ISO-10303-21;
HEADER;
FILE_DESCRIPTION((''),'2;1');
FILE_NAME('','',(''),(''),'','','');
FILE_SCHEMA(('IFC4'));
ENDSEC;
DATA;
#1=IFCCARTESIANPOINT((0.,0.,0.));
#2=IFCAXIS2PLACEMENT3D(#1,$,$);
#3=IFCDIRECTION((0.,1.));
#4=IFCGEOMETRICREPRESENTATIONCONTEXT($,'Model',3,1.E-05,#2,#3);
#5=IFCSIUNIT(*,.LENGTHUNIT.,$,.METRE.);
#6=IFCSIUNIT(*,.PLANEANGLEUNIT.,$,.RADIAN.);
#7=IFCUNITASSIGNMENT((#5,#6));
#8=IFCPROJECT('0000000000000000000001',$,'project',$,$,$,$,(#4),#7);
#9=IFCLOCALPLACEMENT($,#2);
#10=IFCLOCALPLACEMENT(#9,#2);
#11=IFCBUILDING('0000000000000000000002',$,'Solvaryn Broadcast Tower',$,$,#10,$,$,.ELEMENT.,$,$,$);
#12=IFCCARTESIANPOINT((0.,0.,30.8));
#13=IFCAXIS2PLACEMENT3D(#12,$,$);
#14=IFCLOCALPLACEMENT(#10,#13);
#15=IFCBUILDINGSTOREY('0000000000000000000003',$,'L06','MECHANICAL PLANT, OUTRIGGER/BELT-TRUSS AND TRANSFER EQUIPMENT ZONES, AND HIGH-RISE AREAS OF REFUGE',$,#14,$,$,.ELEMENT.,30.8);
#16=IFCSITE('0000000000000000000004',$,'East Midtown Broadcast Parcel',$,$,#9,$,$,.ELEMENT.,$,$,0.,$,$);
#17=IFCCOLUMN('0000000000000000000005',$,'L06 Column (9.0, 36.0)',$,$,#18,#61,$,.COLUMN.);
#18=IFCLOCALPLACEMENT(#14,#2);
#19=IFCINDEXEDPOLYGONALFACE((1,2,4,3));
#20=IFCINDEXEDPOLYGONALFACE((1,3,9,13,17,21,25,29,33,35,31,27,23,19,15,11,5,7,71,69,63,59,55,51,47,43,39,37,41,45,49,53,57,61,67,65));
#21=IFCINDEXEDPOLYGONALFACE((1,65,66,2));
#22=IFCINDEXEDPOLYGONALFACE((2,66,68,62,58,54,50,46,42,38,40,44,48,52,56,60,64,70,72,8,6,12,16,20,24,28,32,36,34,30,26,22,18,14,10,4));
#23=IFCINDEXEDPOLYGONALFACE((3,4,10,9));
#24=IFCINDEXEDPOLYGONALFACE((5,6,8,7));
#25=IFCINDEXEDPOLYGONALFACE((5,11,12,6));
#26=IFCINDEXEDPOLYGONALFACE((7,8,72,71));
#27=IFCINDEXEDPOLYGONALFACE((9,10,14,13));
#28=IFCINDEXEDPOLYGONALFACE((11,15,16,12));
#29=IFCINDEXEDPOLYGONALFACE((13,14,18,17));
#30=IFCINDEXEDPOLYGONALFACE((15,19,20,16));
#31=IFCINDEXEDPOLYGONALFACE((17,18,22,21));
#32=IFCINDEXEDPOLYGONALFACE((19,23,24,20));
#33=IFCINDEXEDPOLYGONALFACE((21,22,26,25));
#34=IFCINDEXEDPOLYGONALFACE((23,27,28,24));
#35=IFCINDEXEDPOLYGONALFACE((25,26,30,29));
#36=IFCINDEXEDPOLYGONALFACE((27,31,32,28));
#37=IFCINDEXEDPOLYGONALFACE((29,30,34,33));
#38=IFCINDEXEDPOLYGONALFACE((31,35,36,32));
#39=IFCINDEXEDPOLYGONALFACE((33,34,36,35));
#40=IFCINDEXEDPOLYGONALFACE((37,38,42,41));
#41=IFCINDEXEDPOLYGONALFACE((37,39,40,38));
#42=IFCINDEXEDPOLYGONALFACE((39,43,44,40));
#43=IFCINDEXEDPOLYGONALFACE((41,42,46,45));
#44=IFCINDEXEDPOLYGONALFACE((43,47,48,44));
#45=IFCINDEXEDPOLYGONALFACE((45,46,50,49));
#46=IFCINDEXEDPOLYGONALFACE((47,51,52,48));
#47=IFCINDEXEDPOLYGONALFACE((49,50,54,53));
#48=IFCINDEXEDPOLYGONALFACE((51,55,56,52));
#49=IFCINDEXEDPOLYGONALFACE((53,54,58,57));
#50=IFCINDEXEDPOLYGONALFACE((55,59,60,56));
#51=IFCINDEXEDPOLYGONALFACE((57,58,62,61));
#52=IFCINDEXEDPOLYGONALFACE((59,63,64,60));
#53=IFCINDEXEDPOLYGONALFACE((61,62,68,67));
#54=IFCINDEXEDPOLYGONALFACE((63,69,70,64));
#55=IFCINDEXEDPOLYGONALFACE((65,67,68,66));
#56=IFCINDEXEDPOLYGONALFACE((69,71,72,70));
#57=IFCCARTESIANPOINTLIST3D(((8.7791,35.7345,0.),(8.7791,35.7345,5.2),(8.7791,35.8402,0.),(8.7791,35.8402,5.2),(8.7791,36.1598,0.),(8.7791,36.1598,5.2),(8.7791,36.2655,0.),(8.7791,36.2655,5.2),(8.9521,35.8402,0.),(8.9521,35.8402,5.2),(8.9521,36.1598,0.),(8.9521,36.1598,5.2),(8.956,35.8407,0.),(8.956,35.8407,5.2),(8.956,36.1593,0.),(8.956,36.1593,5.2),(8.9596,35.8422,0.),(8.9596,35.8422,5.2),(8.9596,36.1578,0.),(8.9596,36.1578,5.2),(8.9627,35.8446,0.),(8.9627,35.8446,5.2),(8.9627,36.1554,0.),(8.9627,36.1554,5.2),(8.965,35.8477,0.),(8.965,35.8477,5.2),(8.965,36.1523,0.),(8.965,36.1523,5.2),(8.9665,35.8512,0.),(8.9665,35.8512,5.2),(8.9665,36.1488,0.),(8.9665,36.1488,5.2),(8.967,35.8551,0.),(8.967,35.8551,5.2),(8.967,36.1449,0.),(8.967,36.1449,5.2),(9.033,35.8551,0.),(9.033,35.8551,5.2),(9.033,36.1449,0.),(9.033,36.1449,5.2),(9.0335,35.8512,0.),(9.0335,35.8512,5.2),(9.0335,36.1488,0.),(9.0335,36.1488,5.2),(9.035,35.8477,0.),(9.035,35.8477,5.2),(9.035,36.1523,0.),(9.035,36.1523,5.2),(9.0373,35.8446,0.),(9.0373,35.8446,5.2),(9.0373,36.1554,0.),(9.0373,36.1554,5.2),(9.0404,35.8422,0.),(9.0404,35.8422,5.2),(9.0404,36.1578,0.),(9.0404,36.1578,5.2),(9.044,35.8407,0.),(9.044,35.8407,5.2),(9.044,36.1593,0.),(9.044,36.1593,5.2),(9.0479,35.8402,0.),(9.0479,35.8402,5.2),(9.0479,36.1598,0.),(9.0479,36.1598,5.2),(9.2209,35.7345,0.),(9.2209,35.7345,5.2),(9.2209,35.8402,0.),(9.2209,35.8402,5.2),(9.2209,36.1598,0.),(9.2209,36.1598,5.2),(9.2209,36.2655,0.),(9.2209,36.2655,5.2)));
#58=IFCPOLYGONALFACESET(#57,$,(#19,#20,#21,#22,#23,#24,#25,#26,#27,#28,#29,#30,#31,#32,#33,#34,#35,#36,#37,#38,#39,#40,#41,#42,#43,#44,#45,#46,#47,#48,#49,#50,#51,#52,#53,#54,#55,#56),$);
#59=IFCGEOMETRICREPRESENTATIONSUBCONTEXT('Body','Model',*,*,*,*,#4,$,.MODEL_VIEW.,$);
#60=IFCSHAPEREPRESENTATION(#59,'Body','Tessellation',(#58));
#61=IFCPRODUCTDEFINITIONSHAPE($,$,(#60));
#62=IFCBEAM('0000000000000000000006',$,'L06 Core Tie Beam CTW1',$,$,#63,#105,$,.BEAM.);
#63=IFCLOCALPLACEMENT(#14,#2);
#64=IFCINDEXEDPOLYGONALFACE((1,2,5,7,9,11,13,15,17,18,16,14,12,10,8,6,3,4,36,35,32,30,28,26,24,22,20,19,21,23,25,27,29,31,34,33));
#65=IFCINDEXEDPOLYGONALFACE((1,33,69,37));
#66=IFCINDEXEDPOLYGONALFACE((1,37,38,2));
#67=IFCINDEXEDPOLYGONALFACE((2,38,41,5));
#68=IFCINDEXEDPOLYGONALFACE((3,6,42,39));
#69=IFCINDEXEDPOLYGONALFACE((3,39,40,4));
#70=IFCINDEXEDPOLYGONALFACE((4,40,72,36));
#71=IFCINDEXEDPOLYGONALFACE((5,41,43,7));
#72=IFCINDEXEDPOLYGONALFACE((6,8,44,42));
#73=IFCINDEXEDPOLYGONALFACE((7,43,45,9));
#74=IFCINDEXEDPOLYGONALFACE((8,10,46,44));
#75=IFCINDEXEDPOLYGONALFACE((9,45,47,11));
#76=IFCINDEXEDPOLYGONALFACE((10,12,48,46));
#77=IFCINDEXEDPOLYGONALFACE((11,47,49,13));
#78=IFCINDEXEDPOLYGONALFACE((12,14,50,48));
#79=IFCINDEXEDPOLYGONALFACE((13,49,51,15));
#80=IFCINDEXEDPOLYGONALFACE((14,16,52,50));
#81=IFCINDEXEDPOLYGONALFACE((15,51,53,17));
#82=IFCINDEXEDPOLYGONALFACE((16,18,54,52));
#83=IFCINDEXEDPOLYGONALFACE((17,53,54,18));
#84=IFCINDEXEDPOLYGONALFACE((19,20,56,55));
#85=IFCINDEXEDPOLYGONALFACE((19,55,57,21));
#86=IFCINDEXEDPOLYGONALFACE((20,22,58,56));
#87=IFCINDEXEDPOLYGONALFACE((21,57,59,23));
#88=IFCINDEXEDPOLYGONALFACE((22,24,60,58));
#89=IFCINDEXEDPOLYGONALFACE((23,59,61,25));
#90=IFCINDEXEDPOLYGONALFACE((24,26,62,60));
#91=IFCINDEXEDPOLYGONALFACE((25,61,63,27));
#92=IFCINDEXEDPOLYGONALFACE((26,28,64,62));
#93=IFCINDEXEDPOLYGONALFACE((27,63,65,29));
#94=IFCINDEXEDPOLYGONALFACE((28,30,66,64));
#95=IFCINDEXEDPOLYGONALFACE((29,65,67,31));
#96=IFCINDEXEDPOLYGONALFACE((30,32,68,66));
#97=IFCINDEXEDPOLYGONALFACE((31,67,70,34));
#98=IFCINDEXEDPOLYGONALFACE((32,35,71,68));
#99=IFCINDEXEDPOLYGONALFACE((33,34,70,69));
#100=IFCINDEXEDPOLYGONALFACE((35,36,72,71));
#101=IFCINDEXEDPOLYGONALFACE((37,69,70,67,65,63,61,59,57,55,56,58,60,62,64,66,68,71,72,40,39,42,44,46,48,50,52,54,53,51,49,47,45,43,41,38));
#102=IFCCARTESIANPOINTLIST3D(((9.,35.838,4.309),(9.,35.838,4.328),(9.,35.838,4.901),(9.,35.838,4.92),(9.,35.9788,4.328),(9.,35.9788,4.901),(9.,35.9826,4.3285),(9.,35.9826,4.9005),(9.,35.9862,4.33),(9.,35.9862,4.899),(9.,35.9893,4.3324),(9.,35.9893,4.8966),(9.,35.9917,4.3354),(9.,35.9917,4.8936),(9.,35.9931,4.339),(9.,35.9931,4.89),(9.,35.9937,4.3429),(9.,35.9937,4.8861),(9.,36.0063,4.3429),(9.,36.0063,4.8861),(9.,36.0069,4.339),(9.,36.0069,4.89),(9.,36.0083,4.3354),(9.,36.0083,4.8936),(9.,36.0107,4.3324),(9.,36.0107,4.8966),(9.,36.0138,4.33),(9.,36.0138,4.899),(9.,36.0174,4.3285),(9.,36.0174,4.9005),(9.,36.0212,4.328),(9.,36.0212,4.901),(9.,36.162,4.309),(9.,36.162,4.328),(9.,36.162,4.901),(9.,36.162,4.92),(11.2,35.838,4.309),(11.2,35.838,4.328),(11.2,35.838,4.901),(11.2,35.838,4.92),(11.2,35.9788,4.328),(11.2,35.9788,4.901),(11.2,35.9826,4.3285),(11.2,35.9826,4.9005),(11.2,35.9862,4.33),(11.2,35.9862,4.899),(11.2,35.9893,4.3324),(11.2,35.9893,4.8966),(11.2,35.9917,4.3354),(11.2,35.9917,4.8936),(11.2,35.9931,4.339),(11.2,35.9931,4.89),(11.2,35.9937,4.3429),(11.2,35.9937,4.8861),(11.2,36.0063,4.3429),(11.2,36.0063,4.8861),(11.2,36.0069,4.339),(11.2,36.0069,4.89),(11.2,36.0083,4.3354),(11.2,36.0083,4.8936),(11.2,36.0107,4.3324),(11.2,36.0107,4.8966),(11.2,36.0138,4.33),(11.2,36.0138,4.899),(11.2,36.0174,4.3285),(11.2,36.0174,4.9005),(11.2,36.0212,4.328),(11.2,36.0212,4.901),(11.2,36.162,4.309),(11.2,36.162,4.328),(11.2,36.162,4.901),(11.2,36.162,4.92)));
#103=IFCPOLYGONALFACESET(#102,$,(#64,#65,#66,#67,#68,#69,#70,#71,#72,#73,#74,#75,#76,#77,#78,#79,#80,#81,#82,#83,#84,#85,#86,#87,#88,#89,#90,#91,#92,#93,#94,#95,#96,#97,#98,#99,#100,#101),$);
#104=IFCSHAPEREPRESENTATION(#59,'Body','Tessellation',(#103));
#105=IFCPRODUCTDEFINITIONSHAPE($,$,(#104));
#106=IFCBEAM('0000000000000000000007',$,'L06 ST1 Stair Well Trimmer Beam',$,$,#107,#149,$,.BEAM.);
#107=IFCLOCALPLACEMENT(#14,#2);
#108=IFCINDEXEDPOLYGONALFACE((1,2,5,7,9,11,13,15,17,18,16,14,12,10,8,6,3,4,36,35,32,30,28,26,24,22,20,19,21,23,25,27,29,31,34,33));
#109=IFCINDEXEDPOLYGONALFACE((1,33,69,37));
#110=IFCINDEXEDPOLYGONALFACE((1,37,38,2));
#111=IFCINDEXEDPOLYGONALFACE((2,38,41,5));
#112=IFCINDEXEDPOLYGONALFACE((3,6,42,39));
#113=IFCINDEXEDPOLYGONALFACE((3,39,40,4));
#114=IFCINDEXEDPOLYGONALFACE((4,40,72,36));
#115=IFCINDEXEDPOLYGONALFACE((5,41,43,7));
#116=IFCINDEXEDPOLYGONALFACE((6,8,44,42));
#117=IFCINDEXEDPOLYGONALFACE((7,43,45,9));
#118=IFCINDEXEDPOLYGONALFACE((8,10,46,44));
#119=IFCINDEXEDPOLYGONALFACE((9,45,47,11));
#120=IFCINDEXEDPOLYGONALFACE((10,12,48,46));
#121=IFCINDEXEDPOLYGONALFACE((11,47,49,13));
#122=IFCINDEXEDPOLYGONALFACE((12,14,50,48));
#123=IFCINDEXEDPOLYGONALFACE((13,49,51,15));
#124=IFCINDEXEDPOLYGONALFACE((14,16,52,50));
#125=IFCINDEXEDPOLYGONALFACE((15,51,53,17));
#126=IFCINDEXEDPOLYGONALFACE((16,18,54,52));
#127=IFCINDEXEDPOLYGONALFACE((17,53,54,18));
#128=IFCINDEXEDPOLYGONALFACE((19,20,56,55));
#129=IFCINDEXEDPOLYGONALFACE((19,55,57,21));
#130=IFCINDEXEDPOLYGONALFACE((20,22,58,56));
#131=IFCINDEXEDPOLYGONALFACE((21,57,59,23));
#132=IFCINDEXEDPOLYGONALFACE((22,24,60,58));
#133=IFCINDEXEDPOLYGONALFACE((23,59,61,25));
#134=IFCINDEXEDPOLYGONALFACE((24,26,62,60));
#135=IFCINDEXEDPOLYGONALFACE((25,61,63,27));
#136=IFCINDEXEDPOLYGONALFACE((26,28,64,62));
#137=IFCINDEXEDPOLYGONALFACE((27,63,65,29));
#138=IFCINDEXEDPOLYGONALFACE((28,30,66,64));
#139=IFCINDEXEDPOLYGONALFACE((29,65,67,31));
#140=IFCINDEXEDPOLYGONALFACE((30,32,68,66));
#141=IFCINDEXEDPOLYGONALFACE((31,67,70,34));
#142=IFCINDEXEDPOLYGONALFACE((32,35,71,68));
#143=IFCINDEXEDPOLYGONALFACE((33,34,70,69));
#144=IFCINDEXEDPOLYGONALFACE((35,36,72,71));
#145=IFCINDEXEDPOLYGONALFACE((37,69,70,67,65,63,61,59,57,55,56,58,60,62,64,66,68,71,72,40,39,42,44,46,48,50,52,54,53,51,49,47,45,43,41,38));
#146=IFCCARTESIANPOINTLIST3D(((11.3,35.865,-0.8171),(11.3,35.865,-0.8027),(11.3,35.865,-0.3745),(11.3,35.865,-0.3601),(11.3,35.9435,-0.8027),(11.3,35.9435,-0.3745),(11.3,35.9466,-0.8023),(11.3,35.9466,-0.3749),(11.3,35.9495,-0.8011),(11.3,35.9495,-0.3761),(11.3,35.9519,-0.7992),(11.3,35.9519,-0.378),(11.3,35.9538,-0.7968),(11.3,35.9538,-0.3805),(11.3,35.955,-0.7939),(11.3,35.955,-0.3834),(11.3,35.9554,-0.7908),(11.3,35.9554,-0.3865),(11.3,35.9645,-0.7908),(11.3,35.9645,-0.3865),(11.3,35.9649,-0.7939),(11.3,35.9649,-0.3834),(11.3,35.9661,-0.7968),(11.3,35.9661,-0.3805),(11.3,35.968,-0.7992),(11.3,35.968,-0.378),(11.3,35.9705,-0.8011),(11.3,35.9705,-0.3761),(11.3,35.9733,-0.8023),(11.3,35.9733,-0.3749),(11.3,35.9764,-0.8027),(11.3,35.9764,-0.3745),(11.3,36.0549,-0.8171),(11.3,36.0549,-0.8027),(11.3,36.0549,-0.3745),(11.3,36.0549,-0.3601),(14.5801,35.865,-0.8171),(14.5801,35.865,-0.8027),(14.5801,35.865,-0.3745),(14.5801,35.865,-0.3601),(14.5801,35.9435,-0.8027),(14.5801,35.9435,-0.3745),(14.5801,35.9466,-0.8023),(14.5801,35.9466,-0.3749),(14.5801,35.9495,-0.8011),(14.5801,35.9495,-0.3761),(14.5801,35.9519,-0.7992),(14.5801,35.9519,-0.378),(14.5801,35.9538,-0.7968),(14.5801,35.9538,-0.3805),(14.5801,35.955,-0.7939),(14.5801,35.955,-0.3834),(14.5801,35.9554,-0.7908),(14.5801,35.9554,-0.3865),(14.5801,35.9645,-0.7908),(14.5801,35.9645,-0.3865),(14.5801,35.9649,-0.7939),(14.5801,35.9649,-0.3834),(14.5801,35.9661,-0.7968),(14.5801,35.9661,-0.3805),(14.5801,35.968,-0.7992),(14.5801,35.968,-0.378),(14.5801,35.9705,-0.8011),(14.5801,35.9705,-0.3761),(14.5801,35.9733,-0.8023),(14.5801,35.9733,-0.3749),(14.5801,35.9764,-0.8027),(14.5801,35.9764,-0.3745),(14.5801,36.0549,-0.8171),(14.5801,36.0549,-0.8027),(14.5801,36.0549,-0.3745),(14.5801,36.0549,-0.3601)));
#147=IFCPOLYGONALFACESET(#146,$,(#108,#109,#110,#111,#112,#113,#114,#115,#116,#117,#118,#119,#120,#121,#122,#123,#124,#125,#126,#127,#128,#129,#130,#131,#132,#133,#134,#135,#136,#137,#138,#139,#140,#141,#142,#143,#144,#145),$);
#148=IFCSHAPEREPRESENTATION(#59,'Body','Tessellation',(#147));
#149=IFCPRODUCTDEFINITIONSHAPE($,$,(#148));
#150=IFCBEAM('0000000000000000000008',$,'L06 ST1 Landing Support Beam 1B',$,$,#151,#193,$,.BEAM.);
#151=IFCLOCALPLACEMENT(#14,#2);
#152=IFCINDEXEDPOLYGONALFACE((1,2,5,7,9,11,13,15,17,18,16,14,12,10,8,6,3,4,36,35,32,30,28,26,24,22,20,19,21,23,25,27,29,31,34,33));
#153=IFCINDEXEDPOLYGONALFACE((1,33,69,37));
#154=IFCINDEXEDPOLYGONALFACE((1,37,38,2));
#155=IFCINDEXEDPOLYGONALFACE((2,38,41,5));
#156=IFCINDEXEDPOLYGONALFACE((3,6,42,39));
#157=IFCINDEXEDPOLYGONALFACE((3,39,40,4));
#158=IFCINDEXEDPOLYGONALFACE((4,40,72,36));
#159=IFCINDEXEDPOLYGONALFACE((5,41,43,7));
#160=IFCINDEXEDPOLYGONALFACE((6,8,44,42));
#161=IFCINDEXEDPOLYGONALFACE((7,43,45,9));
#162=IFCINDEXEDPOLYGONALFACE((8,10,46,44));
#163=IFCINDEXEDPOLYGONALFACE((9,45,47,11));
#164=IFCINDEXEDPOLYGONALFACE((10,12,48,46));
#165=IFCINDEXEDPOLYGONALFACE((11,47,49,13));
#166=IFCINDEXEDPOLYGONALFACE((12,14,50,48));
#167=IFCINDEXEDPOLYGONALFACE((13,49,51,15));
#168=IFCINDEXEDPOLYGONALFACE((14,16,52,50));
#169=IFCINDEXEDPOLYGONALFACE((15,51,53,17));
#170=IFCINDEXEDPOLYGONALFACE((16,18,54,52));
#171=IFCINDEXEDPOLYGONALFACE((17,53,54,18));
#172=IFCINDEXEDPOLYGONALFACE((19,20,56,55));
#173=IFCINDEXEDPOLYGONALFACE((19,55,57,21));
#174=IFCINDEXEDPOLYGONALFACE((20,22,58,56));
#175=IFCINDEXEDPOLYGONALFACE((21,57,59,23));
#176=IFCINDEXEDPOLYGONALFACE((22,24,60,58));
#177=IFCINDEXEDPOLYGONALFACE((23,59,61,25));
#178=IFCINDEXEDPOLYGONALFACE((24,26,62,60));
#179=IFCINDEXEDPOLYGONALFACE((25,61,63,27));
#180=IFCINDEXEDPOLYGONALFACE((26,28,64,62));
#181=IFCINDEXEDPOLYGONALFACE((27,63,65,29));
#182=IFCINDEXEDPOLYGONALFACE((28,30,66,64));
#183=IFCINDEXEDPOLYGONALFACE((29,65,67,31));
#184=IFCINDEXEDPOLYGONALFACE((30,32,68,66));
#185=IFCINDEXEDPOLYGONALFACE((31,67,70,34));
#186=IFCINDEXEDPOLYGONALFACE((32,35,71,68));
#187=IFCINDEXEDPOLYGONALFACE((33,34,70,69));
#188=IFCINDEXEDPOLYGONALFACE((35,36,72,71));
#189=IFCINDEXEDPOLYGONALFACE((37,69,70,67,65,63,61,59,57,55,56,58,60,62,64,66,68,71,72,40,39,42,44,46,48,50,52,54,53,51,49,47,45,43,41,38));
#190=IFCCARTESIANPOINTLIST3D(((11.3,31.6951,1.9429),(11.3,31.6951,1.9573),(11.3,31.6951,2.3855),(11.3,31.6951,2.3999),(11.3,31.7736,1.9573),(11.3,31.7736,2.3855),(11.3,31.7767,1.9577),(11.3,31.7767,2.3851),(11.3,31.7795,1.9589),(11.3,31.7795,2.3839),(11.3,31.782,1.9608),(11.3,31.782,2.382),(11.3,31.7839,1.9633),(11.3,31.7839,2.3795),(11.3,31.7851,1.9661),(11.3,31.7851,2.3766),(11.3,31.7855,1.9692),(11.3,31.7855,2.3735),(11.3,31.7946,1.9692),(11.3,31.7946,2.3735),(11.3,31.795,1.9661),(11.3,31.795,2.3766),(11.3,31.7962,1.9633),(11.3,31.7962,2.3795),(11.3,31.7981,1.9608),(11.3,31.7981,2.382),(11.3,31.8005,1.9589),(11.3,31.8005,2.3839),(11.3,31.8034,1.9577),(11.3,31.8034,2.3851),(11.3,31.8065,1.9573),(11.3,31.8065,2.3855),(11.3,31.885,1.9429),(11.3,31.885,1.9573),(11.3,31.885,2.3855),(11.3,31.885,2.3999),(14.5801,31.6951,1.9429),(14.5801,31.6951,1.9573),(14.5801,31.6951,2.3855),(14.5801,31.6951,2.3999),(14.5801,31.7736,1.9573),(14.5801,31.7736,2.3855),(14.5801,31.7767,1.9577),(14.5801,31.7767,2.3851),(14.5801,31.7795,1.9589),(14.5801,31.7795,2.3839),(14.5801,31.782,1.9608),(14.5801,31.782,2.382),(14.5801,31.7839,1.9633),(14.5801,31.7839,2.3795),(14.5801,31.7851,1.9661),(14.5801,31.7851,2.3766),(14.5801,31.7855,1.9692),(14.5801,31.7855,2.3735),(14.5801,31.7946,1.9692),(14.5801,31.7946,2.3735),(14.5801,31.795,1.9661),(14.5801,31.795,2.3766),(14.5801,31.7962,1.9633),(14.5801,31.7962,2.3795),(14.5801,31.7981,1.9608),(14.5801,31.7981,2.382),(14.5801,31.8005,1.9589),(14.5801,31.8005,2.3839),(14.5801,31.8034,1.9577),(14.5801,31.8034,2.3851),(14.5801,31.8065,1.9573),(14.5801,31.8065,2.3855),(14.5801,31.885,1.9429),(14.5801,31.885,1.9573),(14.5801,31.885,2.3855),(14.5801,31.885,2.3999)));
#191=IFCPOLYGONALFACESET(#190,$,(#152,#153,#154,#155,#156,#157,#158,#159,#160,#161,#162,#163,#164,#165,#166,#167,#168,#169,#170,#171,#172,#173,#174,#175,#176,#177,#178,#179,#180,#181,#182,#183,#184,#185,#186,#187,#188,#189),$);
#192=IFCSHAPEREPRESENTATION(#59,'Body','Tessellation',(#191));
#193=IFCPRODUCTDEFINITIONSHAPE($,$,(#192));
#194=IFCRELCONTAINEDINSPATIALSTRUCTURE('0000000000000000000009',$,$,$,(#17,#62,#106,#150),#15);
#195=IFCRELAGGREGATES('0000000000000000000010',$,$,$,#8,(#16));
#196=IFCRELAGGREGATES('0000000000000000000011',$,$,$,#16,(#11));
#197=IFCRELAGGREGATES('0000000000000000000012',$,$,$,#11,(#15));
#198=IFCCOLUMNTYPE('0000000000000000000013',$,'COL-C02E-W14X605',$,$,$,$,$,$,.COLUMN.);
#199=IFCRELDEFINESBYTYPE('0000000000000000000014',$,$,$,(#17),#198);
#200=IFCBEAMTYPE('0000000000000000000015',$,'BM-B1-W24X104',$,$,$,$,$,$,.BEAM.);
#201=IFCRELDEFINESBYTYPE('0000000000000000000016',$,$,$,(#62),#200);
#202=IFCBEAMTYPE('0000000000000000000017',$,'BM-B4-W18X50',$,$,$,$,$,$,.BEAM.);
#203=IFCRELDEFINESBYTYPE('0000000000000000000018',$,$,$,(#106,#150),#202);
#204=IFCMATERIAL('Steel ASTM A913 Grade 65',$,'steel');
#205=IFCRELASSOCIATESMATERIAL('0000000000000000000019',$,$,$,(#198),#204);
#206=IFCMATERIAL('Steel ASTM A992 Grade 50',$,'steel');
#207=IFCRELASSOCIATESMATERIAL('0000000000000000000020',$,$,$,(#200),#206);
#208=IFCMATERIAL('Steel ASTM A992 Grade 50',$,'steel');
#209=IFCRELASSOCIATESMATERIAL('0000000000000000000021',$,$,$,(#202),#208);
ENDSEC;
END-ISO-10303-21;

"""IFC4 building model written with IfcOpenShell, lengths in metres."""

from ifc_helpers import new_model, si_unit, direction, frame, origin, origin_2d, place, context, subcontext, project, spatial, i_section, extrude, material, material_profile, profile_set, type_object, element, save


model = new_model("IFC4")

# Units and contexts
model_context = context("Model", 3, precision=1e-05, world=origin(), true_north=direction((0.0, 1.0)))
body_context = subcontext(model_context, "Body", "Model", "MODEL_VIEW")
ifc_project = project(units=[si_unit("LENGTHUNIT", "METRE"), si_unit("PLANEANGLEUNIT", "RADIAN")], contexts=[model_context])

# Site, building, storey
site_placement = place(None, origin())
site = spatial("IfcSite", under=ifc_project, at=site_placement, Name="East Midtown Broadcast Parcel", CompositionType="ELEMENT", RefElevation=0.0)
building_placement = place(site_placement, origin())
building = spatial("IfcBuilding", under=site, at=building_placement, Name="Solvaryn Broadcast Tower", CompositionType="ELEMENT")
storey_placement = place(building_placement, frame((0.0, 0.0, 30.8)))
storey = spatial("IfcBuildingStorey", under=building, at=storey_placement, Name="L06", Description="MECHANICAL PLANT, OUTRIGGER/BELT-TRUSS AND TRANSFER EQUIPMENT ZONES, AND HIGH-RISE AREAS OF REFUGE", CompositionType="ELEMENT", Elevation=30.8)

# Column
ifc_material_1 = material(Name="Steel ASTM A913 Grade 65", Category="steel")
ifc_material_profile_1 = material_profile(ifc_material_1, i_section(OverallWidth=0.4419, OverallDepth=0.531, WebThickness=0.0659, FlangeThickness=0.1057, FilletRadius=0.0149, at=origin_2d()))
ifc_profile_set_1 = profile_set([ifc_material_profile_1], Name="Steel ASTM A913 Grade 65")
column_type = type_object("IfcColumnType", Name="COL-C02E-W14X605", PredefinedType="COLUMN", material=ifc_profile_set_1)
column_placement = place(storey_placement, frame((9.0, 36.0, 0.0), z_axis=(0.0, 0.0, 1.0), x_axis=(1.0, 0.0, 0.0)))
element("IfcColumn", 1, at=column_placement, inside=storey, type_object=column_type, Name="L06 Column (9.0, 36.0)", PredefinedType="COLUMN", context=body_context, shape_type="SweptSolid", body=[
    extrude(i_section(OverallWidth=0.4419, OverallDepth=0.531, WebThickness=0.0659, FlangeThickness=0.1057, FilletRadius=0.0149, at=origin_2d()), origin(), (0.0, 0.0, 1.0), 5.2),
])

# Beams
ifc_material_2 = material(Name="Steel ASTM A992 Grade 50", Category="steel")
ifc_material_profile_2 = material_profile(ifc_material_2, i_section(OverallWidth=0.324, OverallDepth=0.6111, WebThickness=0.0127, FlangeThickness=0.019, FilletRadius=0.0149, at=origin_2d()))
ifc_profile_set_2 = profile_set([ifc_material_profile_2], Name="Steel ASTM A992 Grade 50")
beam_type_1 = type_object("IfcBeamType", Name="BM-B1-W24X104", PredefinedType="BEAM", material=ifc_profile_set_2)
beam_1_placement = place(storey_placement, frame((9.0, 36.0, 4.6145), z_axis=(1.0, 0.0, 0.0), x_axis=(0.0, 1.0, 0.0)))
element("IfcBeam", 2, at=beam_1_placement, inside=storey, type_object=beam_type_1, Name="L06 Core Tie Beam CTW1", PredefinedType="BEAM", context=body_context, shape_type="SweptSolid", body=[
    extrude(i_section(OverallWidth=0.324, OverallDepth=0.6111, WebThickness=0.0127, FlangeThickness=0.019, FilletRadius=0.0149, at=origin_2d()), origin(), (0.0, 0.0, 1.0), 2.2),
])
ifc_material_3 = material(Name="Steel ASTM A992 Grade 50", Category="steel")
ifc_material_profile_3 = material_profile(ifc_material_3, i_section(OverallWidth=0.1899, OverallDepth=0.457, WebThickness=0.009, FlangeThickness=0.0144, FilletRadius=0.012, at=origin_2d()))
ifc_profile_set_3 = profile_set([ifc_material_profile_3], Name="Steel ASTM A992 Grade 50")
beam_type_2 = type_object("IfcBeamType", Name="BM-B4-W18X50", PredefinedType="BEAM", material=ifc_profile_set_3)
for number, where, z_axis, x_axis, name in (
    (3, (11.3, 35.96, -0.5886), (1.0, 0.0, 0.0), (0.0, 1.0, 0.0), "L06 ST1 Stair Well Trimmer Beam"),
    (4, (11.3, 31.79, 2.1714), (1.0, 0.0, 0.0), (0.0, 1.0, 0.0), "L06 ST1 Landing Support Beam 1B"),
):
    element("IfcBeam", number, at=place(storey_placement, frame(where, z_axis=z_axis, x_axis=x_axis)), inside=storey, type_object=beam_type_2, Name=name, PredefinedType="BEAM", context=body_context, shape_type="SweptSolid", body=[
        extrude(i_section(OverallWidth=0.1899, OverallDepth=0.457, WebThickness=0.009, FlangeThickness=0.0144, FilletRadius=0.012, at=origin_2d()), origin(), (0.0, 0.0, 1.0), 3.28),
    ])

save(model, "model.ifc")
